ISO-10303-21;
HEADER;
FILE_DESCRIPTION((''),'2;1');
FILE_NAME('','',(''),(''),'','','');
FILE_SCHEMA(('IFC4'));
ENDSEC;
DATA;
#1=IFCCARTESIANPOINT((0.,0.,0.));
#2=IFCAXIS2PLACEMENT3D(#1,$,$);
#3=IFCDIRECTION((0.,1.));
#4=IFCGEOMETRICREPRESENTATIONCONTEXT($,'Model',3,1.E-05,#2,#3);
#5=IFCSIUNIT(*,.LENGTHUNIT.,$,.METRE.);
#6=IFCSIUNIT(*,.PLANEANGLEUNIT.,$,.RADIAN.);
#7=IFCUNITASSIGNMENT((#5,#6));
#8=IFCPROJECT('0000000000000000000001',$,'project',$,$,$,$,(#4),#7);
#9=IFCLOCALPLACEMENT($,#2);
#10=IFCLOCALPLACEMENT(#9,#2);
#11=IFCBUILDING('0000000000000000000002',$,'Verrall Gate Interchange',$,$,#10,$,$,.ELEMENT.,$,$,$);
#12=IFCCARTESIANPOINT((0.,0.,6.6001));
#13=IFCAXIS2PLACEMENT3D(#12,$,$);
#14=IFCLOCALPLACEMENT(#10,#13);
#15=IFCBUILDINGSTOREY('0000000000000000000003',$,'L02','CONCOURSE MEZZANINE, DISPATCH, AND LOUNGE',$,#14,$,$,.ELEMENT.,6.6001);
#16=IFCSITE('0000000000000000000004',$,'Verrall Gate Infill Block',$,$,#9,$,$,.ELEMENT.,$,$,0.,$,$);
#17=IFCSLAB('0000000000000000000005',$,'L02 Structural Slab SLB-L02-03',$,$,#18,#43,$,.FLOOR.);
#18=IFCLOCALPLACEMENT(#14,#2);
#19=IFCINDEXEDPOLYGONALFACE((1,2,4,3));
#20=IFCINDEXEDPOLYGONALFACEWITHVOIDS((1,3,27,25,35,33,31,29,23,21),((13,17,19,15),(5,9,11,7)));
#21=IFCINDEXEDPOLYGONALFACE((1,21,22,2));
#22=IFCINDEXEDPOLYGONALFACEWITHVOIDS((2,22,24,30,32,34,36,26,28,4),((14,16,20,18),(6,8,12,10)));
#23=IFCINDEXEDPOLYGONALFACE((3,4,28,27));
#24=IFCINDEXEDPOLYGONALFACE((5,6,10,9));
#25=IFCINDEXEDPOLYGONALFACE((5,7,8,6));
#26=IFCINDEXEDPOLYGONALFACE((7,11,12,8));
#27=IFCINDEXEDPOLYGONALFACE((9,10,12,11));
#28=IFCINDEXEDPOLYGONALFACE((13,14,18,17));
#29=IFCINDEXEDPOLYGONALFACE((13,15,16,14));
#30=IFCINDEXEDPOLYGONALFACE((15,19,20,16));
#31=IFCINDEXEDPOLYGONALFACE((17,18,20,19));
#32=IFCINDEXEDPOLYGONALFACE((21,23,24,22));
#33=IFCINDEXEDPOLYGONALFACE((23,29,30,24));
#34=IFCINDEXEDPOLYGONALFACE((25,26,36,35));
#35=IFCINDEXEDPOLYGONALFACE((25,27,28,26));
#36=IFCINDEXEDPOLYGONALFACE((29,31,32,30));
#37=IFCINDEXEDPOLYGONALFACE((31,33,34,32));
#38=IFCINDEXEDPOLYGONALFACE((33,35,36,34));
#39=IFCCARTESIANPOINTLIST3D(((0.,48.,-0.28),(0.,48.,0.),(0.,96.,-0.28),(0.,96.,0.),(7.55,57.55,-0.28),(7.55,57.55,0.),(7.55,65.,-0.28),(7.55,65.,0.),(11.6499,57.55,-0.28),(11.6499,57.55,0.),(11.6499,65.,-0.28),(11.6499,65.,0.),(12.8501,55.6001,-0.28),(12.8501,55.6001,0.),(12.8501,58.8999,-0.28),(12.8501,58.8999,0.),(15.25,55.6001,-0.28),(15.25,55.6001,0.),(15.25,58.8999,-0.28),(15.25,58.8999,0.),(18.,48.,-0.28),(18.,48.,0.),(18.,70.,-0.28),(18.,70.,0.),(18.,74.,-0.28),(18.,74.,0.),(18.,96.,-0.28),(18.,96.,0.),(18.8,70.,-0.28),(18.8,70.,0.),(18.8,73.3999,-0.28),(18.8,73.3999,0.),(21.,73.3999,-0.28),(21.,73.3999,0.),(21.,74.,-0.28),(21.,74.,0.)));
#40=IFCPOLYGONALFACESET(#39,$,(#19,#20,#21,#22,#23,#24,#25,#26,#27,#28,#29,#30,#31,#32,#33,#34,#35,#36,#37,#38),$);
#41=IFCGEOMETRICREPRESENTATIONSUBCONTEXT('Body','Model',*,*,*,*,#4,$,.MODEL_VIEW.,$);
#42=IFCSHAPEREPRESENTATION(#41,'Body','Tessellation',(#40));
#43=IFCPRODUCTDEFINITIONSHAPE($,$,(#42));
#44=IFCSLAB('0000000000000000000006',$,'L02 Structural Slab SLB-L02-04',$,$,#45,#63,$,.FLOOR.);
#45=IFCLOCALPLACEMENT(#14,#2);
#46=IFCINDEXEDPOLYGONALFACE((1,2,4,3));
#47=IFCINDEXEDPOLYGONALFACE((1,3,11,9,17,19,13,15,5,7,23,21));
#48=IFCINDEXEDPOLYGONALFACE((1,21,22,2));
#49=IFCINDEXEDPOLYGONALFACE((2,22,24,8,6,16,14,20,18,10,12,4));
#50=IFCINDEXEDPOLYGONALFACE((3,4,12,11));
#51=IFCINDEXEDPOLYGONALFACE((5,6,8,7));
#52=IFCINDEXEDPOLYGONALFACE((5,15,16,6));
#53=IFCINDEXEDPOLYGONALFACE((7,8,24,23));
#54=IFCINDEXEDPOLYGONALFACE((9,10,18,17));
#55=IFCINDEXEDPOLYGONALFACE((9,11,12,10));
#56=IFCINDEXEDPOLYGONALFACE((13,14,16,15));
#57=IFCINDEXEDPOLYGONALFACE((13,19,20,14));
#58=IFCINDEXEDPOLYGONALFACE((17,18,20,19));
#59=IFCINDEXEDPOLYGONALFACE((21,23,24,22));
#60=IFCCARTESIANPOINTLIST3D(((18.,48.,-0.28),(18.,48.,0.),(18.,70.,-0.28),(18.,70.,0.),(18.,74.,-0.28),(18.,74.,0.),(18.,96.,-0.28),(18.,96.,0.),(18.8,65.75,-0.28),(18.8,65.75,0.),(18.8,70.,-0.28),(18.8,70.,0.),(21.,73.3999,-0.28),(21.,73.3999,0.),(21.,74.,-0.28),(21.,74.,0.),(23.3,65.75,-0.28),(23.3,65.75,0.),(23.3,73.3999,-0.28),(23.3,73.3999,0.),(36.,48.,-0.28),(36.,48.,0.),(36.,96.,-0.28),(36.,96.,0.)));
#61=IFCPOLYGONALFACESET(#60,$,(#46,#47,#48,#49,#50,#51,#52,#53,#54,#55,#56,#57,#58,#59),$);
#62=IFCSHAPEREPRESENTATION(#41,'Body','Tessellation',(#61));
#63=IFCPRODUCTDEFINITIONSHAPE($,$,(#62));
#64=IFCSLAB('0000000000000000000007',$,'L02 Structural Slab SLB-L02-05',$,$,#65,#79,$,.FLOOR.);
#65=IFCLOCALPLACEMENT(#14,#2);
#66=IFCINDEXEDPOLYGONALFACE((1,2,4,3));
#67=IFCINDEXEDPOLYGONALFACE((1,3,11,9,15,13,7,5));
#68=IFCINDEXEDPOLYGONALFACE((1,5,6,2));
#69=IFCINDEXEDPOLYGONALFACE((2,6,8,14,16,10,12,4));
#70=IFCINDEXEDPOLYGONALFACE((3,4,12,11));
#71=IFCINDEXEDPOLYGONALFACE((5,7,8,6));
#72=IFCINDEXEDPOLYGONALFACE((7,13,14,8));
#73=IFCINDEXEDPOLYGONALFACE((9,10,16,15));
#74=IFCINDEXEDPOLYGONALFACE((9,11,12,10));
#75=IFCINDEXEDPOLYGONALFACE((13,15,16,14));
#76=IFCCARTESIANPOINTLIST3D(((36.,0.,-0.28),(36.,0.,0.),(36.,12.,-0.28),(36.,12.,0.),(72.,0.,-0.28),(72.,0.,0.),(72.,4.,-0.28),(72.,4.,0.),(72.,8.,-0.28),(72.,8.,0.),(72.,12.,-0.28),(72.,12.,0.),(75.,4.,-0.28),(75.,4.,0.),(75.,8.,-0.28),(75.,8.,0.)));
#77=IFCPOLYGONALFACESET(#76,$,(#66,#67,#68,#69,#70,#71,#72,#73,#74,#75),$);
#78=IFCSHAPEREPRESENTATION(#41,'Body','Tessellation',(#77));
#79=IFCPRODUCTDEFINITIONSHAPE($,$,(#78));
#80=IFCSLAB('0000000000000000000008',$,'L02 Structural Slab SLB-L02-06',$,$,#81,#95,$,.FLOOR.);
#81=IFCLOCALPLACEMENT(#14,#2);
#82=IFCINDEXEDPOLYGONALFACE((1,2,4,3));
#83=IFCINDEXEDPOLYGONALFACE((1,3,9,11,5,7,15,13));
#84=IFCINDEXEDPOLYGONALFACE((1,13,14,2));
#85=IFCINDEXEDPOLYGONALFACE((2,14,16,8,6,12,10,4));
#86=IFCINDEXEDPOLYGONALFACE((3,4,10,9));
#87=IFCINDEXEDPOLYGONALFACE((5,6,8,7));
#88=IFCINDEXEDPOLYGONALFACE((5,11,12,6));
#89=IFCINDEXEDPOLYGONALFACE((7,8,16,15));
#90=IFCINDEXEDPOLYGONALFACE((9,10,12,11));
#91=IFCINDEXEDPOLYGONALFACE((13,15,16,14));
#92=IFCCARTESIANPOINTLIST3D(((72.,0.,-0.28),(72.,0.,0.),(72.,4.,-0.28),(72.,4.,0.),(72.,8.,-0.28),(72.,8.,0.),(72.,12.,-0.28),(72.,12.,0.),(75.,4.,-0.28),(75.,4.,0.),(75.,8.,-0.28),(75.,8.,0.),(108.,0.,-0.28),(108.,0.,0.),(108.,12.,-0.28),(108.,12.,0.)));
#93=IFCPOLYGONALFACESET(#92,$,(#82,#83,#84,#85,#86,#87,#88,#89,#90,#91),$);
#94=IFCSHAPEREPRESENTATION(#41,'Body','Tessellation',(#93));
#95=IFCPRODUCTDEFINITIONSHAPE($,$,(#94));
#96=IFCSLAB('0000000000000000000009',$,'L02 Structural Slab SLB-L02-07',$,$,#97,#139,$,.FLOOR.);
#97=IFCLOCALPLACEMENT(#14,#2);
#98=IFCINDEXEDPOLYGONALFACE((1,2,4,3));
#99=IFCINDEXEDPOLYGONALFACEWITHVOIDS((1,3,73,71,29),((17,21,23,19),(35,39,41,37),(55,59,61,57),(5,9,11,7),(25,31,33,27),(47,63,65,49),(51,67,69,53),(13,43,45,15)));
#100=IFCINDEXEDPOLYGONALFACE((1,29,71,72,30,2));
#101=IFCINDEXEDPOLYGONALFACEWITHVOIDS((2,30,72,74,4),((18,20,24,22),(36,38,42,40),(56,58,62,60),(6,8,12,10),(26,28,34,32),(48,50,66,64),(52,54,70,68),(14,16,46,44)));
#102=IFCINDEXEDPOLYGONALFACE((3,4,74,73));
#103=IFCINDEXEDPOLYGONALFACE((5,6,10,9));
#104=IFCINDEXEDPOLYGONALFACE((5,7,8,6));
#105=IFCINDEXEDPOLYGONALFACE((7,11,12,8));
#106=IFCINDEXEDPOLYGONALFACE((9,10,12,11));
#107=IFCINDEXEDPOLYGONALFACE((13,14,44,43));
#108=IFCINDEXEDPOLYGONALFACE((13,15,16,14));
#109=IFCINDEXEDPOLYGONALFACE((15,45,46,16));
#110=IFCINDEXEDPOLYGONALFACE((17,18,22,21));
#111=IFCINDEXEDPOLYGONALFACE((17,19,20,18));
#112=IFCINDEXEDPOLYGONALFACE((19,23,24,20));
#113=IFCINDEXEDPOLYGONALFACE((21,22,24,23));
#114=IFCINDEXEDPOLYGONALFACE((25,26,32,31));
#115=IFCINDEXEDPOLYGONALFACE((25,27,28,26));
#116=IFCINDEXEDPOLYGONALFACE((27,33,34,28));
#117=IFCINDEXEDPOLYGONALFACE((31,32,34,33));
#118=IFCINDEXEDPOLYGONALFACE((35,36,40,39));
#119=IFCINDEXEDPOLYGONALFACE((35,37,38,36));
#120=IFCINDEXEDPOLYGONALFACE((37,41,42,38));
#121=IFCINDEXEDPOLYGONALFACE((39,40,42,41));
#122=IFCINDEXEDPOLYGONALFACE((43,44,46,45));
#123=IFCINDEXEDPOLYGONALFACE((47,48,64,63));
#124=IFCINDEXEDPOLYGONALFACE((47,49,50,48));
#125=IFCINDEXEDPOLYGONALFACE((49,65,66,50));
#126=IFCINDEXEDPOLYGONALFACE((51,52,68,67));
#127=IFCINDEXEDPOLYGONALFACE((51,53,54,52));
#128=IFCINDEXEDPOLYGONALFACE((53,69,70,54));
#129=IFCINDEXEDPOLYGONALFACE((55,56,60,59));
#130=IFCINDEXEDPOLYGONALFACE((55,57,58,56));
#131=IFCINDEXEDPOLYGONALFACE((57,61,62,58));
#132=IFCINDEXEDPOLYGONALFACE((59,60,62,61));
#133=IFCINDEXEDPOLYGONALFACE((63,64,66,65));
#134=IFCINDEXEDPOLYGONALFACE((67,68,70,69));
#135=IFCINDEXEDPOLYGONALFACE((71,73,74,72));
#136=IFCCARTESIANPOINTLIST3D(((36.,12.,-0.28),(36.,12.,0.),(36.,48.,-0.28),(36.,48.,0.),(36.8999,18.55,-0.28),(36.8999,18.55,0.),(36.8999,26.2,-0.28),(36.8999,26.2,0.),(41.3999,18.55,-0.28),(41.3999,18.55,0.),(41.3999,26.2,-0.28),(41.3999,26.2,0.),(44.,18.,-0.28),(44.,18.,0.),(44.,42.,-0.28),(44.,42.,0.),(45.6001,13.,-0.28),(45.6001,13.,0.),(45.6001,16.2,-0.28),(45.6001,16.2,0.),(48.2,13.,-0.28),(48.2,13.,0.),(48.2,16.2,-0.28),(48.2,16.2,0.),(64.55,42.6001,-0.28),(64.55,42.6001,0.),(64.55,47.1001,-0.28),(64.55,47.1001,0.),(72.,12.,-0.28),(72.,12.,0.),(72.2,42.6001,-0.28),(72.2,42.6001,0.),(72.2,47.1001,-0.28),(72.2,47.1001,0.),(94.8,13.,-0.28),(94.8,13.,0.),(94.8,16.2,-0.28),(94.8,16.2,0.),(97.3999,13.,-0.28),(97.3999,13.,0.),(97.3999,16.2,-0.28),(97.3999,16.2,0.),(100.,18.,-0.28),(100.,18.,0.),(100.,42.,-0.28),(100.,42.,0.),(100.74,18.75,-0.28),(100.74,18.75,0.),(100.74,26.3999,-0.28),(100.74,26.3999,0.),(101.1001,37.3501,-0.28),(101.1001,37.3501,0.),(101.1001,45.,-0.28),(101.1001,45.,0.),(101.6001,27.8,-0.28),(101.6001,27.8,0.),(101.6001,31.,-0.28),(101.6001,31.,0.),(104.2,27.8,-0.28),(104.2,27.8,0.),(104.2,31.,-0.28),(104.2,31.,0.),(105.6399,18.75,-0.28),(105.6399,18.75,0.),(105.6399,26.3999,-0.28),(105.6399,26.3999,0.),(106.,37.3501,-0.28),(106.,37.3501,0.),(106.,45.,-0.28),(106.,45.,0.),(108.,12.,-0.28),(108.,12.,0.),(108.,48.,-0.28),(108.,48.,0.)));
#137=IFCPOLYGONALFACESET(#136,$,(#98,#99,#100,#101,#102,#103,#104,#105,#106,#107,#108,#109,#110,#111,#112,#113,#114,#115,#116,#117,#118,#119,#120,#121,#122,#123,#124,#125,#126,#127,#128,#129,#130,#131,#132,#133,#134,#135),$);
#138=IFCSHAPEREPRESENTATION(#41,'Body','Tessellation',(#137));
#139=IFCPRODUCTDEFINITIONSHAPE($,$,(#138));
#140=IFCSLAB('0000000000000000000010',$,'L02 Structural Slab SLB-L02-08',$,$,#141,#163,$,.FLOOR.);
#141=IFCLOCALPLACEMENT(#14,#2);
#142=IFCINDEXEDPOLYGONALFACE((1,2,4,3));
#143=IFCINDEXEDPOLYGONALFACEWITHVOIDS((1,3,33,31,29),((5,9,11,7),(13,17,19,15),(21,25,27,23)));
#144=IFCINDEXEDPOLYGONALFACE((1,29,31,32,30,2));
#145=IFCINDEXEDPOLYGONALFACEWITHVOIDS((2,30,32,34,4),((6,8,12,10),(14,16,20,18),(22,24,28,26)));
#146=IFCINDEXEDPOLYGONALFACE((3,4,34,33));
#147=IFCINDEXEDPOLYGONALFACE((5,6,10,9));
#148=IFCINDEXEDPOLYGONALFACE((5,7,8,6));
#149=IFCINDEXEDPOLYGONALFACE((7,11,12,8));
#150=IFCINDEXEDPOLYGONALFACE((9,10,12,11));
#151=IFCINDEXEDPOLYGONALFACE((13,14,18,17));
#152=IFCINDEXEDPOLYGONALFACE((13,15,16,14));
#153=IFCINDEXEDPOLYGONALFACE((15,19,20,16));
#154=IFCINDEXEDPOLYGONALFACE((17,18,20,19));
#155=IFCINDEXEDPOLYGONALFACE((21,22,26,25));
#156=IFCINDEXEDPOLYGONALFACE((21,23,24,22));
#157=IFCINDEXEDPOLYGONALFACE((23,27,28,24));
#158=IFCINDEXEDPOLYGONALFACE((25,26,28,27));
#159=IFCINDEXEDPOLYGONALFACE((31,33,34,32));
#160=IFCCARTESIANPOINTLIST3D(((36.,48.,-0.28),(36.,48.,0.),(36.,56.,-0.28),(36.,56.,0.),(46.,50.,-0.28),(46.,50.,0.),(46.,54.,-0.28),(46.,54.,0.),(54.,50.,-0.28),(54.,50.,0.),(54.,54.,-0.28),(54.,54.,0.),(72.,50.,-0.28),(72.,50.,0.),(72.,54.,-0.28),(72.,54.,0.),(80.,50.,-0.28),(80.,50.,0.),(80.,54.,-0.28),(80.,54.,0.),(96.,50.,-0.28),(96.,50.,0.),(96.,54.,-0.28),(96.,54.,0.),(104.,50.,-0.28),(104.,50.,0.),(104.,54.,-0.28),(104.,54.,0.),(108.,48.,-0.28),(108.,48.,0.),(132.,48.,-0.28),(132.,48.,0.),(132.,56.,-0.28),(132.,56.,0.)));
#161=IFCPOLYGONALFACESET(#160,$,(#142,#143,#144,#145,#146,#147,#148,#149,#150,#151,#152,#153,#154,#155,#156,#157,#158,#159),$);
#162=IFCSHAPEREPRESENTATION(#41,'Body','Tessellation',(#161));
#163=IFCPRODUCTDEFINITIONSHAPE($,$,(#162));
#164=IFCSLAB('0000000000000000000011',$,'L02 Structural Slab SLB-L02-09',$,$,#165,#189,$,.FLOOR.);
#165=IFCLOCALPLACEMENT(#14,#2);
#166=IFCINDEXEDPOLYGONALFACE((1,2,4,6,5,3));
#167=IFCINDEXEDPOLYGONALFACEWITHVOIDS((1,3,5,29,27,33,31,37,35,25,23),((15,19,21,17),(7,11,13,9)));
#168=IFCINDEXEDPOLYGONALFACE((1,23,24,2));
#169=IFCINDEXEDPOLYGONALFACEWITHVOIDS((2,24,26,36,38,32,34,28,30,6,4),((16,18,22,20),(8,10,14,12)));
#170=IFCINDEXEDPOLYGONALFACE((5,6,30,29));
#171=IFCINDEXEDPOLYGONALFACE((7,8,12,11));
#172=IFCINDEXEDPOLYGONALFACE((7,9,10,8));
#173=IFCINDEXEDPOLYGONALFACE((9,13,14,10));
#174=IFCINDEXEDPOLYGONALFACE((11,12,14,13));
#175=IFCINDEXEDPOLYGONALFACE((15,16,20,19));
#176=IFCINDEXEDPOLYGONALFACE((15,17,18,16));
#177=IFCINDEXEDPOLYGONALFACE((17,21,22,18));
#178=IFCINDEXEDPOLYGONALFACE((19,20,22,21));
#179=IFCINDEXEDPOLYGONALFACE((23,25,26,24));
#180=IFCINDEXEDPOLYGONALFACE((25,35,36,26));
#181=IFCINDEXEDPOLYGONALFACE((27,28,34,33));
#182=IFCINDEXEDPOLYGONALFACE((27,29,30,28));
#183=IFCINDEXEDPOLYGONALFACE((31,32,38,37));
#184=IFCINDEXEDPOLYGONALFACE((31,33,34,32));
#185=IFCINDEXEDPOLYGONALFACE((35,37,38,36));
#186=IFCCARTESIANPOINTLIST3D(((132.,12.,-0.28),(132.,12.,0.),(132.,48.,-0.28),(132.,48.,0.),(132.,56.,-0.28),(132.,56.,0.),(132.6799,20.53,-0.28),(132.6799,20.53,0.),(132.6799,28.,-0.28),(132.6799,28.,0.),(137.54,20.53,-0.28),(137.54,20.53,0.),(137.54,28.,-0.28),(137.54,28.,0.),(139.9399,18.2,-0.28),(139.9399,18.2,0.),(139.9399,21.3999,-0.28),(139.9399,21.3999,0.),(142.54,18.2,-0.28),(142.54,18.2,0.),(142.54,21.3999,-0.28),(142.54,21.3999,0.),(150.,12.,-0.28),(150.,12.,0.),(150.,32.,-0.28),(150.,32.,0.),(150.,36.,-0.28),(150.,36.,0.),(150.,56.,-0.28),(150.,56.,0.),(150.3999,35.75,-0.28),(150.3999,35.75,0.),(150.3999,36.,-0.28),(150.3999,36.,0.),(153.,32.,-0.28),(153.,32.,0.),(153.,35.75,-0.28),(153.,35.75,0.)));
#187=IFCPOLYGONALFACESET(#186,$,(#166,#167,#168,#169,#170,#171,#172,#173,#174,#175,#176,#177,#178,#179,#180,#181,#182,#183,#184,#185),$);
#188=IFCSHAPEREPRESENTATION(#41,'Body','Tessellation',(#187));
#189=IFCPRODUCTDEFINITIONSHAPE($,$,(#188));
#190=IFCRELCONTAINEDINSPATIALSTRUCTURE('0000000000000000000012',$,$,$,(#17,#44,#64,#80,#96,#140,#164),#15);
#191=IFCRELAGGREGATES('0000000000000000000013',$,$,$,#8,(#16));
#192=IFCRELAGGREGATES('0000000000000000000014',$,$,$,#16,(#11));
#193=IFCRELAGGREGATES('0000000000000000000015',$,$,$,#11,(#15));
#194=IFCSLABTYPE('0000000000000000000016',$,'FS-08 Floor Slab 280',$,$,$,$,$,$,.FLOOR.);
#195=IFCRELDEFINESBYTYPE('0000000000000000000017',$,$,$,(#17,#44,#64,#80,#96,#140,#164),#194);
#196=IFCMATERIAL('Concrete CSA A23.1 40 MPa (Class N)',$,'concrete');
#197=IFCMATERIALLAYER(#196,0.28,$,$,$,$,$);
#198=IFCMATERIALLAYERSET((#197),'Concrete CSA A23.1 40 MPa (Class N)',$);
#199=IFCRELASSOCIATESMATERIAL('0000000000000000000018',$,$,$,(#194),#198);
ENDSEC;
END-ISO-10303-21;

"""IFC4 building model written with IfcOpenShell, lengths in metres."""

from ifc_helpers import new_model, si_unit, direction, frame, origin, place, context, subcontext, project, spatial, polyline, outline, extrude, material, layer, layer_set, type_object, element, save


model = new_model("IFC4")

# Units and contexts
model_context = context("Model", 3, precision=1e-05, world=origin(), true_north=direction((0.0, 1.0)))
body_context = subcontext(model_context, "Body", "Model", "MODEL_VIEW")
ifc_project = project(units=[si_unit("LENGTHUNIT", "METRE"), si_unit("PLANEANGLEUNIT", "RADIAN")], contexts=[model_context])

# Site, building, storey
site_placement = place(None, origin())
site = spatial("IfcSite", under=ifc_project, at=site_placement, Name="Verrall Gate Infill Block", CompositionType="ELEMENT", RefElevation=0.0)
building_placement = place(site_placement, origin())
building = spatial("IfcBuilding", under=site, at=building_placement, Name="Verrall Gate Interchange", CompositionType="ELEMENT")
storey_placement = place(building_placement, frame((0.0, 0.0, 6.6001)))
storey = spatial("IfcBuildingStorey", under=building, at=storey_placement, Name="L02", Description="CONCOURSE MEZZANINE, DISPATCH, AND LOUNGE", CompositionType="ELEMENT", Elevation=6.6001)

# Slabs
ifc_material_1 = material(Name="Concrete CSA A23.1 40 MPa (Class N)", Category="concrete")
ifc_layer_1 = layer(ifc_material_1, 0.28)
ifc_layer_set_1 = layer_set([ifc_layer_1], Name="Concrete CSA A23.1 40 MPa (Class N)")
slab_type_1 = type_object("IfcSlabType", Name="FS-08 Floor Slab 280", PredefinedType="FLOOR", material=ifc_layer_set_1)
slab_1_placement = place(storey_placement, frame((0.0, 0.0, -0.28)))
element("IfcSlab", 1, at=slab_1_placement, inside=storey, type_object=slab_type_1, Name="L02 Structural Slab SLB-L02-03", PredefinedType="FLOOR", context=body_context, shape_type="SweptSolid", body=[
    extrude(outline(polyline([(0.0, 96.0), (18.0, 96.0), (18.0, 74.0), (21.0, 74.0), (21.0, 73.3999), (18.8, 73.3999), (18.8, 70.0), (18.0, 70.0), (18.0, 48.0), (0.0, 48.0), (0.0, 96.0)]), holes=[polyline([(12.8501, 58.8999), (12.8501, 55.6001), (15.25, 55.6001), (15.25, 58.8999), (12.8501, 58.8999)]), polyline([(11.6499, 65.0), (7.55, 65.0), (7.55, 57.55), (11.6499, 57.55), (11.6499, 65.0)])]), origin(), (0.0, 0.0, 1.0), 0.28),
])
slab_2_placement = place(storey_placement, frame((0.0, 0.0, -0.28)))
element("IfcSlab", 2, at=slab_2_placement, inside=storey, type_object=slab_type_1, Name="L02 Structural Slab SLB-L02-04", PredefinedType="FLOOR", context=body_context, shape_type="SweptSolid", body=[
    extrude(outline(polyline([(36.0, 48.0), (18.0, 48.0), (18.0, 70.0), (18.8, 70.0), (18.8, 65.75), (23.3, 65.75), (23.3, 73.3999), (21.0, 73.3999), (21.0, 74.0), (18.0, 74.0), (18.0, 96.0), (36.0, 96.0), (36.0, 48.0)])), origin(), (0.0, 0.0, 1.0), 0.28),
])
slab_3_placement = place(storey_placement, frame((0.0, 0.0, -0.28)))
element("IfcSlab", 3, at=slab_3_placement, inside=storey, type_object=slab_type_1, Name="L02 Structural Slab SLB-L02-05", PredefinedType="FLOOR", context=body_context, shape_type="SweptSolid", body=[
    extrude(outline(polyline([(36.0, 12.0), (72.0, 12.0), (72.0, 8.0), (75.0, 8.0), (75.0, 4.0), (72.0, 4.0), (72.0, 0.0), (36.0, 0.0), (36.0, 12.0)])), origin(), (0.0, 0.0, 1.0), 0.28),
])
slab_4_placement = place(storey_placement, frame((0.0, 0.0, -0.28)))
element("IfcSlab", 4, at=slab_4_placement, inside=storey, type_object=slab_type_1, Name="L02 Structural Slab SLB-L02-06", PredefinedType="FLOOR", context=body_context, shape_type="SweptSolid", body=[
    extrude(outline(polyline([(108.0, 0.0), (72.0, 0.0), (72.0, 4.0), (75.0, 4.0), (75.0, 8.0), (72.0, 8.0), (72.0, 12.0), (108.0, 12.0), (108.0, 0.0)])), origin(), (0.0, 0.0, 1.0), 0.28),
])
slab_5_placement = place(storey_placement, frame((0.0, 0.0, -0.28)))
element("IfcSlab", 5, at=slab_5_placement, inside=storey, type_object=slab_type_1, Name="L02 Structural Slab SLB-L02-07", PredefinedType="FLOOR", context=body_context, shape_type="SweptSolid", body=[
    extrude(outline(polyline([(36.0, 48.0), (108.0, 48.0), (108.0, 12.0), (72.0, 12.0), (36.0, 12.0), (36.0, 48.0)]), holes=[polyline([(101.1001, 45.0), (101.1001, 37.3501), (106.0, 37.3501), (106.0, 45.0), (101.1001, 45.0)]), polyline([(100.74, 26.3999), (100.74, 18.75), (105.6399, 18.75), (105.6399, 26.3999), (100.74, 26.3999)]), polyline([(104.2, 31.0), (101.6001, 31.0), (101.6001, 27.8), (104.2, 27.8), (104.2, 31.0)]), polyline([(44.0, 42.0), (44.0, 18.0), (100.0, 18.0), (100.0, 42.0), (44.0, 42.0)]), polyline([(94.8, 16.2), (94.8, 13.0), (97.3999, 13.0), (97.3999, 16.2), (94.8, 16.2)]), polyline([(72.2, 47.1001), (64.55, 47.1001), (64.55, 42.6001), (72.2, 42.6001), (72.2, 47.1001)]), polyline([(45.6001, 16.2), (45.6001, 13.0), (48.2, 13.0), (48.2, 16.2), (45.6001, 16.2)]), polyline([(41.3999, 26.2), (36.8999, 26.2), (36.8999, 18.55), (41.3999, 18.55), (41.3999, 26.2)])]), origin(), (0.0, 0.0, 1.0), 0.28),
])
slab_6_placement = place(storey_placement, frame((0.0, 0.0, -0.28)))
element("IfcSlab", 6, at=slab_6_placement, inside=storey, type_object=slab_type_1, Name="L02 Structural Slab SLB-L02-08", PredefinedType="FLOOR", context=body_context, shape_type="SweptSolid", body=[
    extrude(outline(polyline([(36.0, 56.0), (132.0, 56.0), (132.0, 48.0), (108.0, 48.0), (36.0, 48.0), (36.0, 56.0)]), holes=[polyline([(104.0, 54.0), (96.0, 54.0), (96.0, 50.0), (104.0, 50.0), (104.0, 54.0)]), polyline([(80.0, 54.0), (72.0, 54.0), (72.0, 50.0), (80.0, 50.0), (80.0, 54.0)]), polyline([(54.0, 54.0), (46.0, 54.0), (46.0, 50.0), (54.0, 50.0), (54.0, 54.0)])]), origin(), (0.0, 0.0, 1.0), 0.28),
])
slab_7_placement = place(storey_placement, frame((0.0, 0.0, -0.28)))
element("IfcSlab", 7, at=slab_7_placement, inside=storey, type_object=slab_type_1, Name="L02 Structural Slab SLB-L02-09", PredefinedType="FLOOR", context=body_context, shape_type="SweptSolid", body=[
    extrude(outline(polyline([(132.0, 48.0), (132.0, 56.0), (150.0, 56.0), (150.0, 36.0), (150.3999, 36.0), (150.3999, 35.75), (153.0, 35.75), (153.0, 32.0), (150.0, 32.0), (150.0, 12.0), (132.0, 12.0), (132.0, 48.0)]), holes=[polyline([(139.9399, 21.3999), (139.9399, 18.2), (142.54, 18.2), (142.54, 21.3999), (139.9399, 21.3999)]), polyline([(137.54, 28.0), (132.6799, 28.0), (132.6799, 20.53), (137.54, 20.53), (137.54, 28.0)])]), origin(), (0.0, 0.0, 1.0), 0.28),
])

save(model, "model.ifc")
